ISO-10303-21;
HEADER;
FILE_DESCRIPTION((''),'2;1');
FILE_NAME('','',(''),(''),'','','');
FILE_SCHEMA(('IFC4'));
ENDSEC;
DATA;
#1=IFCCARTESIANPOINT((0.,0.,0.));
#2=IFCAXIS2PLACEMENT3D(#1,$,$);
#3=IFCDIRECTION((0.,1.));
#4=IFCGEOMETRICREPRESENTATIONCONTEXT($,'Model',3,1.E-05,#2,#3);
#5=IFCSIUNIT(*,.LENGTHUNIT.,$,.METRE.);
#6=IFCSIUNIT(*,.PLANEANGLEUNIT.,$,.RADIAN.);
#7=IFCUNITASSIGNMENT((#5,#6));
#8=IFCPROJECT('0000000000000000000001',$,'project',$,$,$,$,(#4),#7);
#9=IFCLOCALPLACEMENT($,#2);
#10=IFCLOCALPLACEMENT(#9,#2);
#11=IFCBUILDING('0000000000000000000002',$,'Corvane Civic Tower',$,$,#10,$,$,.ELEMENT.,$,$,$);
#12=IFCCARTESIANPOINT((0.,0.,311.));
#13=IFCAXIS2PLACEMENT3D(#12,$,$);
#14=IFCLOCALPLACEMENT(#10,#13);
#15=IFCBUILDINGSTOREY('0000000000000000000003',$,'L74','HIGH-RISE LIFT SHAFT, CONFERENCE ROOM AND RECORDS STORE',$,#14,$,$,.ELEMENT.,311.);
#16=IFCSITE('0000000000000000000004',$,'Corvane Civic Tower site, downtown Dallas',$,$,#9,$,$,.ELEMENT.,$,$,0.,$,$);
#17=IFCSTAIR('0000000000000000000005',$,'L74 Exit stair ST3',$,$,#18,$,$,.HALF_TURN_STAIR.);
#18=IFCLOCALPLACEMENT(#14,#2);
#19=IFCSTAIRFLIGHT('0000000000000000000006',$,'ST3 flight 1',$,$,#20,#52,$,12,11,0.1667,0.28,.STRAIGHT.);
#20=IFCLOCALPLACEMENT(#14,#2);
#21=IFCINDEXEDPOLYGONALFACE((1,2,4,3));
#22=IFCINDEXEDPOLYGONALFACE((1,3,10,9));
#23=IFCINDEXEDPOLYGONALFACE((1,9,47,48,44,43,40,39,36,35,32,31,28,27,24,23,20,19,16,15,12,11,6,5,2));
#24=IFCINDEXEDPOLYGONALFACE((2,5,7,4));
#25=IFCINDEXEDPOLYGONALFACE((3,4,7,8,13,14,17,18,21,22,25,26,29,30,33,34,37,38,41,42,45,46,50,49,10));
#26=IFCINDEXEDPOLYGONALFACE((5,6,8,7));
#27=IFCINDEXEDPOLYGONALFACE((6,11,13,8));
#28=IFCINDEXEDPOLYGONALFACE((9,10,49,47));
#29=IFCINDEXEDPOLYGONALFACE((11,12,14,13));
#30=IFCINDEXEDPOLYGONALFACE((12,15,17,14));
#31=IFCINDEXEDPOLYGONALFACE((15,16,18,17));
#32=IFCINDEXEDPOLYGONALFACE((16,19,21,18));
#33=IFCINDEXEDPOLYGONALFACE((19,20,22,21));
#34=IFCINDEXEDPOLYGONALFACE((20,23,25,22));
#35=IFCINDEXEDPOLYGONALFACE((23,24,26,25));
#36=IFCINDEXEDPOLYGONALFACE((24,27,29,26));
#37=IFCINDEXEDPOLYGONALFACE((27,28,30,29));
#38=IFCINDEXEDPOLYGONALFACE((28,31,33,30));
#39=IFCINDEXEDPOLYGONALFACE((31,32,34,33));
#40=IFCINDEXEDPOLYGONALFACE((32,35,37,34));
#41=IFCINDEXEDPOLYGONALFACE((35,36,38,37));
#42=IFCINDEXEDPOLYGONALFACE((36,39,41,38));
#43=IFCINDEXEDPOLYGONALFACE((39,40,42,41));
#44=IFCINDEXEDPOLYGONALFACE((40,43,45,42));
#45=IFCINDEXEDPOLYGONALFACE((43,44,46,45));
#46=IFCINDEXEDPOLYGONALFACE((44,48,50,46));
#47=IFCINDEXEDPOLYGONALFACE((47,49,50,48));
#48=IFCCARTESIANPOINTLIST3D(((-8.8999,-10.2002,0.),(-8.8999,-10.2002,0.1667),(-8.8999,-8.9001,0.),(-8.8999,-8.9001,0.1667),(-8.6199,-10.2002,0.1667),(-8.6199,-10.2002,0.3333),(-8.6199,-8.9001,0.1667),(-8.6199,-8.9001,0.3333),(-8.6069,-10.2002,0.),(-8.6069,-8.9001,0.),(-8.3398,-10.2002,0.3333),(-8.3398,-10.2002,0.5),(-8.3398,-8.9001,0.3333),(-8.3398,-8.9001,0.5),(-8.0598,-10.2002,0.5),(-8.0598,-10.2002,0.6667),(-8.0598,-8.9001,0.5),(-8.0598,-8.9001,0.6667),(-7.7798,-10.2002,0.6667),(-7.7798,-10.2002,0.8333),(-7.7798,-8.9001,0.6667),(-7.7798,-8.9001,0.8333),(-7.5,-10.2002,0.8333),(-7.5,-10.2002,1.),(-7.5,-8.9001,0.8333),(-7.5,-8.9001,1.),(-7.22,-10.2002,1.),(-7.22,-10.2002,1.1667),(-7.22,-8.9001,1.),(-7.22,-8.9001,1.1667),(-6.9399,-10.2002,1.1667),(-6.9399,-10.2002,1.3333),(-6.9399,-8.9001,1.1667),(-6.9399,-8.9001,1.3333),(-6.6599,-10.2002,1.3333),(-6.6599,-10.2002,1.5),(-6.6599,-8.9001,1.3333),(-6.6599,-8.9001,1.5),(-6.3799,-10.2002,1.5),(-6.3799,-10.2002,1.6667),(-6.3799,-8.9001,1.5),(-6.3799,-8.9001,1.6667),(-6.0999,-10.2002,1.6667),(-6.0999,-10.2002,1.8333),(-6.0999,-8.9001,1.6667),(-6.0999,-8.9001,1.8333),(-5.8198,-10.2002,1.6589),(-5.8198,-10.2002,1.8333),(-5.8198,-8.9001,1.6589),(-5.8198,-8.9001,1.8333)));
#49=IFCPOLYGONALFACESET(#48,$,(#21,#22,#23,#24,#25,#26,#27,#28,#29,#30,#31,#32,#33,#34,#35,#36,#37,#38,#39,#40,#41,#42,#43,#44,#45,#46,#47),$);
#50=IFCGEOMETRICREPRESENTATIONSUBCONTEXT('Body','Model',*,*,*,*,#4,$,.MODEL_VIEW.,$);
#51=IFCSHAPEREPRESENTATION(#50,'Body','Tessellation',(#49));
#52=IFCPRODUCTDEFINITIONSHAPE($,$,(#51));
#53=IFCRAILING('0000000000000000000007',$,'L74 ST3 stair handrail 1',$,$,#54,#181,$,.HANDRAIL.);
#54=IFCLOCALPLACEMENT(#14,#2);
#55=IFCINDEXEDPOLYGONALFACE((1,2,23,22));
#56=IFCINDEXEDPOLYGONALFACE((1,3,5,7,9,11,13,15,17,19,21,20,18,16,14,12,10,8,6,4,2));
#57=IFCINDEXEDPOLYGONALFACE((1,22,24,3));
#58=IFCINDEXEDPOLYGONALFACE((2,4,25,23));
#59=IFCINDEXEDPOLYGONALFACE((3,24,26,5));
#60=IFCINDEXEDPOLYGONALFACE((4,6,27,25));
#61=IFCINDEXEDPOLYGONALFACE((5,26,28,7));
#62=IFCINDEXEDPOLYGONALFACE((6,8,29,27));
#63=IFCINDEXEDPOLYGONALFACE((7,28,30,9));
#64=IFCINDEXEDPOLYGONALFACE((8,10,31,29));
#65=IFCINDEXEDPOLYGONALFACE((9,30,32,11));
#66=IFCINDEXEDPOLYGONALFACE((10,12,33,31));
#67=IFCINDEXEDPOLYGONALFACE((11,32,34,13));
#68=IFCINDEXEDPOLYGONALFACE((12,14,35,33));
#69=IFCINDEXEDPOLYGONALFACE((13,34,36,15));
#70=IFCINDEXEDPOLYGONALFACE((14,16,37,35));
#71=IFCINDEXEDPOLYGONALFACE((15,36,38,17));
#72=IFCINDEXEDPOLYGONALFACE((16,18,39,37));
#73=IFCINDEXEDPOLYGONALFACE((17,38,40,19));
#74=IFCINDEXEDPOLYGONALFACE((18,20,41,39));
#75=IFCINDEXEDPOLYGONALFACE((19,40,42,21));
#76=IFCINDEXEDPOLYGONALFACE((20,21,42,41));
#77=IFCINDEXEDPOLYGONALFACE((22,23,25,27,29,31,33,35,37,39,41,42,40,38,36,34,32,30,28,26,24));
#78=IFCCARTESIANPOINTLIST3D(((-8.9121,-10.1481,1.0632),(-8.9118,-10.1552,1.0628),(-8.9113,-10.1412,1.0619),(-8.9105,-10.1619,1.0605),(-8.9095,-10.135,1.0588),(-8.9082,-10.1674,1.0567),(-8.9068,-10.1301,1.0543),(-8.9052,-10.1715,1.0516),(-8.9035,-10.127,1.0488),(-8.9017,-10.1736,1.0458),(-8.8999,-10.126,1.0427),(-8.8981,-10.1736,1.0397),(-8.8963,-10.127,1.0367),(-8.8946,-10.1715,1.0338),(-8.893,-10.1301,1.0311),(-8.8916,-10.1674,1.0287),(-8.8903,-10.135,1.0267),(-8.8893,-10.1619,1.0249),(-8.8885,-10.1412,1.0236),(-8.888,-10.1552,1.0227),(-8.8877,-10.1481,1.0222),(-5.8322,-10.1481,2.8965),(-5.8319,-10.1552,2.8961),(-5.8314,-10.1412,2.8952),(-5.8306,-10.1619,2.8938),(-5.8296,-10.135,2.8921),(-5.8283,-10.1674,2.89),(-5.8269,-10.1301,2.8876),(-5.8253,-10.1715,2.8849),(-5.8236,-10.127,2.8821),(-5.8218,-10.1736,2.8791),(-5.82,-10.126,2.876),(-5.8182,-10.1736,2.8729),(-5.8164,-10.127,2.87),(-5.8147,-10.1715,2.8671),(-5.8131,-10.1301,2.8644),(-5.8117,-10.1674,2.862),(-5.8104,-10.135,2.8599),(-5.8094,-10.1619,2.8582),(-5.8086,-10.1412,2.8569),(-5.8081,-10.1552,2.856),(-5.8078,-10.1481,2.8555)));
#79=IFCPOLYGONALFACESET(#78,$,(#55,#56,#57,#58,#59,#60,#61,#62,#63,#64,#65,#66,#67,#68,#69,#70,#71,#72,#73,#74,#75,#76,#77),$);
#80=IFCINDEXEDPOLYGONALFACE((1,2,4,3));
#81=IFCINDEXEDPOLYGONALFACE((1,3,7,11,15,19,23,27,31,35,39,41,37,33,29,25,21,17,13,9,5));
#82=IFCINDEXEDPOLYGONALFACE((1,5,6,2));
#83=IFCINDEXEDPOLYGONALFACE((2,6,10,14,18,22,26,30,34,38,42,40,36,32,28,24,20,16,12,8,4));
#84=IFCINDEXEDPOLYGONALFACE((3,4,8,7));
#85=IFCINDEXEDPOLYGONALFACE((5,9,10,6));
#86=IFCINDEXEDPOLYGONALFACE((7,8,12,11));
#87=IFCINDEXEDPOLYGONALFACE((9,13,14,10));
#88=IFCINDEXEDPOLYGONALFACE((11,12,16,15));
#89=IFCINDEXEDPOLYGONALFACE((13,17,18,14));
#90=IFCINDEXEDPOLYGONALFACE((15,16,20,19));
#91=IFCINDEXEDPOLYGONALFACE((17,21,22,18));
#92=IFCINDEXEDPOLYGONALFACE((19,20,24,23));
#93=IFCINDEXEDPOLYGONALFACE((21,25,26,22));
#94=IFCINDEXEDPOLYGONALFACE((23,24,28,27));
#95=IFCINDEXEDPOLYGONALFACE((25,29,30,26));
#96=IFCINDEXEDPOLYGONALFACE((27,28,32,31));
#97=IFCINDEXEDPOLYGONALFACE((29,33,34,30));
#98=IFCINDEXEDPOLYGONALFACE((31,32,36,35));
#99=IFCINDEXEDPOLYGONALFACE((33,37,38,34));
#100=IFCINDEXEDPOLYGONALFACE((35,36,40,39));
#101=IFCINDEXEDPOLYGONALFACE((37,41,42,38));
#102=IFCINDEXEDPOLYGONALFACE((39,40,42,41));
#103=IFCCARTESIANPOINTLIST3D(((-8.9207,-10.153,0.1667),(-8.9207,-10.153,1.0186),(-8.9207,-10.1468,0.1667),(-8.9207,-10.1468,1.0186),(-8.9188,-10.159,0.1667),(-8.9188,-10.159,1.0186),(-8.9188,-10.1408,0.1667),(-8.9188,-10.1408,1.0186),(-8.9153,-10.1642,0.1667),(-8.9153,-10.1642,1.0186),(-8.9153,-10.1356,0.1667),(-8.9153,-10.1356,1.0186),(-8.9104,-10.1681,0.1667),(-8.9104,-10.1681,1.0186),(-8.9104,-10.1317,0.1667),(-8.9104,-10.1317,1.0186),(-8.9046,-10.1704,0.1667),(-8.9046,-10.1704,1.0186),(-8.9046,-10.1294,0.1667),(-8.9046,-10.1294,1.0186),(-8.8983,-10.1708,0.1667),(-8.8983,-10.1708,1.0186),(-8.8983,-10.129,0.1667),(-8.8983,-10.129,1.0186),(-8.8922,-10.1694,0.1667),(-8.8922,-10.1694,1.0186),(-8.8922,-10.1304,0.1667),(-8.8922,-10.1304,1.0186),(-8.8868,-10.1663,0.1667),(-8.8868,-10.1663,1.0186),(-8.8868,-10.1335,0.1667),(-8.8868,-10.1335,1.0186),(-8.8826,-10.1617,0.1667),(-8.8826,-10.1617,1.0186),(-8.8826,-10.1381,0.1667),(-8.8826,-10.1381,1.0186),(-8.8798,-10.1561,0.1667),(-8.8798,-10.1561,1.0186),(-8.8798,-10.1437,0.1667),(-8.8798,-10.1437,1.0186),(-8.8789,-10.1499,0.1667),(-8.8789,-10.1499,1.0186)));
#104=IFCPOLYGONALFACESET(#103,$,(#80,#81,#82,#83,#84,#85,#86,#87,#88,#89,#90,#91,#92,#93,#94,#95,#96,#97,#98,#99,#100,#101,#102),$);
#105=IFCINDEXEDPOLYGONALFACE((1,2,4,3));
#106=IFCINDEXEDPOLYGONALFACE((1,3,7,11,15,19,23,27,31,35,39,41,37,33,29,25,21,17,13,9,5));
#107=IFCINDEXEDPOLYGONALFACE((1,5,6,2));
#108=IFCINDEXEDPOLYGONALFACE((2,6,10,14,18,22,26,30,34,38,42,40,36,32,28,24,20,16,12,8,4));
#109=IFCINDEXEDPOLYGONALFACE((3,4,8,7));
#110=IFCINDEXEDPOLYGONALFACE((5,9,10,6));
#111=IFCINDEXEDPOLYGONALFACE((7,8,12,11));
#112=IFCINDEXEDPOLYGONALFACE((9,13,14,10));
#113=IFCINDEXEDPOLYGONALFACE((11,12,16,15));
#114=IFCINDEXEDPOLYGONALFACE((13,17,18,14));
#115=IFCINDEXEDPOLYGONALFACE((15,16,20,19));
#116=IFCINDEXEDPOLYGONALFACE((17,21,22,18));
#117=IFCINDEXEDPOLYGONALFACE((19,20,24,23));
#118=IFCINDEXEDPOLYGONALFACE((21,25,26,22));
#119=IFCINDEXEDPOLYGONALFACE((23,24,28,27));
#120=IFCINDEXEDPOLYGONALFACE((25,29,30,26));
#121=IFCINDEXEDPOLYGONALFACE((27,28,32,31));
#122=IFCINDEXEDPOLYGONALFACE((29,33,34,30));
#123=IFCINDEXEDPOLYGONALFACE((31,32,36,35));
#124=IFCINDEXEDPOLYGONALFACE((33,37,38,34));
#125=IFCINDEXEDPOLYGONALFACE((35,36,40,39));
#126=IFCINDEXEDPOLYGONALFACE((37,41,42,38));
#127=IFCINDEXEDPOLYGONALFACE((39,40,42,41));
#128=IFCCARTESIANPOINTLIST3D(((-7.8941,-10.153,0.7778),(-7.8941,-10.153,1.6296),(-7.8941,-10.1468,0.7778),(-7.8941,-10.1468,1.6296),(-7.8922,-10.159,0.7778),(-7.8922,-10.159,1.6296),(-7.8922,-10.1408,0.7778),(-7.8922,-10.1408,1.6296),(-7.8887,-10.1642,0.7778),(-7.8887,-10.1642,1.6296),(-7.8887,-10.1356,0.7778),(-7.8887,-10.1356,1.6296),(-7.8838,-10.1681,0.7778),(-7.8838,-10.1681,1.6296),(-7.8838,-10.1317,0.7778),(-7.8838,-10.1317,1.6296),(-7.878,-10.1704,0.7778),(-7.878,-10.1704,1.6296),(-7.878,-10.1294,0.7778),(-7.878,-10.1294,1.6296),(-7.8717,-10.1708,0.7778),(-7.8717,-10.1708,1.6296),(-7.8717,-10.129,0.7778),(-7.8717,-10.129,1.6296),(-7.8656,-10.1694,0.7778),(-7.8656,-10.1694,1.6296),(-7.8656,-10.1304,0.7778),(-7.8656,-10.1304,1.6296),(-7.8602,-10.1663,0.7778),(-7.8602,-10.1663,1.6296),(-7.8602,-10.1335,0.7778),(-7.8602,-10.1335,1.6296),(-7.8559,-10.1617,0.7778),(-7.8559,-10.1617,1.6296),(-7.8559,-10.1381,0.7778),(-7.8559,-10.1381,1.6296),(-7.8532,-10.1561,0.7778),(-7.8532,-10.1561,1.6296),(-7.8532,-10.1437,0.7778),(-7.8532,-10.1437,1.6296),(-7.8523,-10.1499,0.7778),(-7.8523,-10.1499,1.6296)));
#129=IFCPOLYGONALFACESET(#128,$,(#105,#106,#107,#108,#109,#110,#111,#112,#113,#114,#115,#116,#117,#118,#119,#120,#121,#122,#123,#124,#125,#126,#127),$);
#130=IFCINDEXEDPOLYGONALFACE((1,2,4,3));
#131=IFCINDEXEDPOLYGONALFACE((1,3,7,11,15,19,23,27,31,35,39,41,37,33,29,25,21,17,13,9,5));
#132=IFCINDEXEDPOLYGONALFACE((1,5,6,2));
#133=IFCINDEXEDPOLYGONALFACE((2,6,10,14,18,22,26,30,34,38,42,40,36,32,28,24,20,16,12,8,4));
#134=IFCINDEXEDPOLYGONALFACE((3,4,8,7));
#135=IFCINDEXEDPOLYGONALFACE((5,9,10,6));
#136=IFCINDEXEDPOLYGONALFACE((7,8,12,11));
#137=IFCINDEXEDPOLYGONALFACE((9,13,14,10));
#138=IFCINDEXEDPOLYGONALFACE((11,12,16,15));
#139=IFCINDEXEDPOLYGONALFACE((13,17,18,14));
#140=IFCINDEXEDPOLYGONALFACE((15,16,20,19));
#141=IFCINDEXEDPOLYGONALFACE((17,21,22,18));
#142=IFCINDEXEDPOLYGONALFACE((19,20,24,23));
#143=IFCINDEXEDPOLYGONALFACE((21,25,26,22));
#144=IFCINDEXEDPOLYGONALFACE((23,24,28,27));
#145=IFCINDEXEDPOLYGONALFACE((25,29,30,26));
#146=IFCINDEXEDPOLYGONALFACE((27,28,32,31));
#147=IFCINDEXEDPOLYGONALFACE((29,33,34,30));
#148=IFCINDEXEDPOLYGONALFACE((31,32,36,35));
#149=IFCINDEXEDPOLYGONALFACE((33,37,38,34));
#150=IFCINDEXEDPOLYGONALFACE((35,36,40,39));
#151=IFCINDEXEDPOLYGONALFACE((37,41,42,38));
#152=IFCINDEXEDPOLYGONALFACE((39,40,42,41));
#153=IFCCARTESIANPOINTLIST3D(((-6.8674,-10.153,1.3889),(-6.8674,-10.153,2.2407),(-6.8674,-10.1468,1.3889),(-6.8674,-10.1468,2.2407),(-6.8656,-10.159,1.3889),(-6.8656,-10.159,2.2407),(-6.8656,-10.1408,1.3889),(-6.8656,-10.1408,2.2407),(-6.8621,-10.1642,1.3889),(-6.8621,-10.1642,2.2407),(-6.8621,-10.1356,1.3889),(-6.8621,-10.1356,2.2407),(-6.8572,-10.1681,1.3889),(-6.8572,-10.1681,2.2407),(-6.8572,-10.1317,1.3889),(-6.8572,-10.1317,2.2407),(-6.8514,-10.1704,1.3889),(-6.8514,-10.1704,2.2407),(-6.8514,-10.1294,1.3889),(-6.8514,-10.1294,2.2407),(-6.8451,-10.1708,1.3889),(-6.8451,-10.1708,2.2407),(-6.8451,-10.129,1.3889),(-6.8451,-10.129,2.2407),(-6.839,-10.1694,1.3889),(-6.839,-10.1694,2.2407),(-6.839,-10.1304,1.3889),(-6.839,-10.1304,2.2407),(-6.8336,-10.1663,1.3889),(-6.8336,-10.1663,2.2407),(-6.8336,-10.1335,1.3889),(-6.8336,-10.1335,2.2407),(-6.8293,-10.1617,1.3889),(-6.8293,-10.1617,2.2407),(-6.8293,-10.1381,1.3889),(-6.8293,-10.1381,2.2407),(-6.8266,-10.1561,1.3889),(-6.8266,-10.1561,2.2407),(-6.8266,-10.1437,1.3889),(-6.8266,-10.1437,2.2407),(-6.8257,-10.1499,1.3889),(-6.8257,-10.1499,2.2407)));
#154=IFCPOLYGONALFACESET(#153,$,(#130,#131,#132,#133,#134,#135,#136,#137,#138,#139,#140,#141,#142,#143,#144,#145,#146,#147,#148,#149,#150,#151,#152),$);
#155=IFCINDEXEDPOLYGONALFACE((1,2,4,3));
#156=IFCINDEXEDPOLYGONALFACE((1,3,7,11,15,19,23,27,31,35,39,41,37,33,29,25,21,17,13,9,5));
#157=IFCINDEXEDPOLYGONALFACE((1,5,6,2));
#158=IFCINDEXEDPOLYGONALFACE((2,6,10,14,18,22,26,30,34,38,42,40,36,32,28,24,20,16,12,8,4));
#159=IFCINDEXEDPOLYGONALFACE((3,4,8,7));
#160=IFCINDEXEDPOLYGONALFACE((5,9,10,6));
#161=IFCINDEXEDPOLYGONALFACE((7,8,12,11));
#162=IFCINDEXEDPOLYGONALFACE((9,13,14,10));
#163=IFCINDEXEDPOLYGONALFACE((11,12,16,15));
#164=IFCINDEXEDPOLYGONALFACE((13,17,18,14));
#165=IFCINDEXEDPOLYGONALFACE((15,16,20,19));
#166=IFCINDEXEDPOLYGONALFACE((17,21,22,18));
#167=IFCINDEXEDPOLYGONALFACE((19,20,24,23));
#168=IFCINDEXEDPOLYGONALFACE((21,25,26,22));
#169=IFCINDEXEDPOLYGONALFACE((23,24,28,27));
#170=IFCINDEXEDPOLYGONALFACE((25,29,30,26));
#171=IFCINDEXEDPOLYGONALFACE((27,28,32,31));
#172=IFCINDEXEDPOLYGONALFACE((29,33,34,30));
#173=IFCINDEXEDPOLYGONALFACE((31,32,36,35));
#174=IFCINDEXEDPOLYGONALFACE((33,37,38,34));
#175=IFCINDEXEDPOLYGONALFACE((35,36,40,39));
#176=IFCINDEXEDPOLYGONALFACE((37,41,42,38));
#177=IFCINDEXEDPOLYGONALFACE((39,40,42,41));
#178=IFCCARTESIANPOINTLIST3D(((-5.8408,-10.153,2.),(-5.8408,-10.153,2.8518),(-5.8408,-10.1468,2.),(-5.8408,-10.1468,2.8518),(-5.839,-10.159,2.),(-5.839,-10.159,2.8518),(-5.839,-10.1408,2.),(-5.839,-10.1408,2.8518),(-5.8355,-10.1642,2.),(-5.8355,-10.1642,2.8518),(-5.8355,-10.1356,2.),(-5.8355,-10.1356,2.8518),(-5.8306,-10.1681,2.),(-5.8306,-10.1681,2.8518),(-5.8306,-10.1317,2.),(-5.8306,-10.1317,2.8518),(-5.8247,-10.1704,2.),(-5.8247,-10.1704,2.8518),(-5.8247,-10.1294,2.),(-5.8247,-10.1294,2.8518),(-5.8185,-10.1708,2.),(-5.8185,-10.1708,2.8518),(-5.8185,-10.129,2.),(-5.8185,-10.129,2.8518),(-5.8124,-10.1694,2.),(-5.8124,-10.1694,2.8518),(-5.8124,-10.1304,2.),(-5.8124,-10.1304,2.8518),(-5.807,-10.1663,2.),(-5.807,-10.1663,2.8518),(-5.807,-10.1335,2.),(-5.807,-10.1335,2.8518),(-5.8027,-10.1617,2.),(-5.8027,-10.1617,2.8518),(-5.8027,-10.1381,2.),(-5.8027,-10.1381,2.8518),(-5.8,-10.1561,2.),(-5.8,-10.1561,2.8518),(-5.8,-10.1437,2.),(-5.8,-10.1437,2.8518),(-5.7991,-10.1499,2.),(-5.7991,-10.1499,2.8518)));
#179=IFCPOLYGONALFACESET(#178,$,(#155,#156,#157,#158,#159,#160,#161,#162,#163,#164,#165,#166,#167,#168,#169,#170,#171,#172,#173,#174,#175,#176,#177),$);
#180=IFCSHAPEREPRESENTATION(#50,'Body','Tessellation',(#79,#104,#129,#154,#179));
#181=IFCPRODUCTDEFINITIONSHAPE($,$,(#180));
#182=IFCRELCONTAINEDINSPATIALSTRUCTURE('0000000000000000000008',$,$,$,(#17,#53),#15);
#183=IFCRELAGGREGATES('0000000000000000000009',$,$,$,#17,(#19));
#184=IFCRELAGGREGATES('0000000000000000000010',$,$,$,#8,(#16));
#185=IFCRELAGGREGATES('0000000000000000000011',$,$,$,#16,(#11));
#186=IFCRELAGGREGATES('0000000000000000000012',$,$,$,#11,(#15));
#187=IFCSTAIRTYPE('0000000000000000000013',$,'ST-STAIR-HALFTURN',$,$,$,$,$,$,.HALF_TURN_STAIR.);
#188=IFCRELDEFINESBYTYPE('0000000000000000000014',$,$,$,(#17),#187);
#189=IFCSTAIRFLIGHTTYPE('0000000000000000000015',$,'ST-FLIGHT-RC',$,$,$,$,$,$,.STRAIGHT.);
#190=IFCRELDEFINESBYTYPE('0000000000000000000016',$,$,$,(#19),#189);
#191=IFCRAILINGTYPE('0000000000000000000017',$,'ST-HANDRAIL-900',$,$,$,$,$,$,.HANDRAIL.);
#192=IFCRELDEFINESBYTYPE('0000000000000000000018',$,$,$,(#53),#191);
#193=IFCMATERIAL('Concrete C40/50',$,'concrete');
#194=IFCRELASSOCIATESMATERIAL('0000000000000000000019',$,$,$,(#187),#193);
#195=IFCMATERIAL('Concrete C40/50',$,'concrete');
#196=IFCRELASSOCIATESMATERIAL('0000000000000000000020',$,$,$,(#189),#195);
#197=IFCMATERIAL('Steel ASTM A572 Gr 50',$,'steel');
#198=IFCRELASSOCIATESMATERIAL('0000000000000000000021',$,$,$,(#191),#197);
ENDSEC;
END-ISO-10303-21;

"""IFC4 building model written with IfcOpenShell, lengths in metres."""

from ifc_helpers import new_model, si_unit, direction, frame, origin, origin_2d, place, context, subcontext, project, spatial, polyline, circle, outline, extrude, material, type_object, element, aggregate, save


model = new_model("IFC4")

# Units and contexts
model_context = context("Model", 3, precision=1e-05, world=origin(), true_north=direction((0.0, 1.0)))
body_context = subcontext(model_context, "Body", "Model", "MODEL_VIEW")
ifc_project = project(units=[si_unit("LENGTHUNIT", "METRE"), si_unit("PLANEANGLEUNIT", "RADIAN")], contexts=[model_context])

# Site, building, storey
site_placement = place(None, origin())
site = spatial("IfcSite", under=ifc_project, at=site_placement, Name="Corvane Civic Tower site, downtown Dallas", CompositionType="ELEMENT", RefElevation=0.0)
building_placement = place(site_placement, origin())
building = spatial("IfcBuilding", under=site, at=building_placement, Name="Corvane Civic Tower", CompositionType="ELEMENT")
storey_placement = place(building_placement, frame((0.0, 0.0, 311.0)))
storey = spatial("IfcBuildingStorey", under=building, at=storey_placement, Name="L74", Description="HIGH-RISE LIFT SHAFT, CONFERENCE ROOM AND RECORDS STORE", CompositionType="ELEMENT", Elevation=311.0)

# Stair, stair flight
ifc_material_1 = material(Name="Concrete C40/50", Category="concrete")
stair_type = type_object("IfcStairType", Name="ST-STAIR-HALFTURN", PredefinedType="HALF_TURN_STAIR", material=ifc_material_1)
stair_placement = place(storey_placement, origin())
stair = element("IfcStair", 1, at=stair_placement, inside=storey, type_object=stair_type, Name="L74 Exit stair ST3", PredefinedType="HALF_TURN_STAIR")
ifc_material_2 = material(Name="Concrete C40/50", Category="concrete")
stair_flight_type = type_object("IfcStairFlightType", Name="ST-FLIGHT-RC", PredefinedType="STRAIGHT", material=ifc_material_2)
stair_flight_placement = place(storey_placement, frame((-8.8999, -9.55, 0.0), z_axis=(0.0, 0.0, 1.0), x_axis=(1.0, 0.0, 0.0)))
stair_flight = element("IfcStairFlight", 2, at=stair_flight_placement, type_object=stair_flight_type, Name="ST3 flight 1", NumberOfRisers=12, NumberOfTreads=11, PredefinedType="STRAIGHT", RiserHeight=0.1667, TreadLength=0.28, context=body_context, shape_type="SweptSolid", body=[
    extrude(outline(polyline([(0.0, 0.0), (0.0, 0.1667), (0.28, 0.1667), (0.28, 0.3333), (0.5601, 0.3333), (0.5601, 0.5), (0.8401, 0.5), (0.8401, 0.6667), (1.1201, 0.6667), (1.1201, 0.8333), (1.3999, 0.8333), (1.3999, 1.0), (1.6799, 1.0), (1.6799, 1.1667), (1.96, 1.1667), (1.96, 1.3333), (2.24, 1.3333), (2.24, 1.5), (2.52, 1.5), (2.52, 1.6667), (2.8, 1.6667), (2.8, 1.8333), (3.0801, 1.8333), (3.0801, 2.0), (3.0801, 1.6589), (0.293, 0.0), (0.0, 0.0)])), frame((0.0, 0.6499, 0.0), z_axis=(0.0, -1.0, 0.0), x_axis=(1.0, 0.0, 0.0)), (0.0, 0.0, 1.0), 1.3),
])
aggregate(stair, [stair_flight])

# Railing
ifc_material_3 = material(Name="Steel ASTM A572 Gr 50", Category="steel")
railing_type_1 = type_object("IfcRailingType", Name="ST-HANDRAIL-900", PredefinedType="HANDRAIL", material=ifc_material_3)
railing_1_placement = place(storey_placement, frame((-8.8999, -10.1499, 0.1667)))
element("IfcRailing", 3, at=railing_1_placement, inside=storey, type_object=railing_type_1, Name="L74 ST3 stair handrail 1", PredefinedType="HANDRAIL", context=body_context, shape_type="SweptSolid", body=[
    extrude(circle(Radius=0.0239, at=origin_2d()), frame((0.0, 0.0, 0.876), z_axis=(0.859291, 0.0, 0.511487), x_axis=(0.0, 1.0, 0.0)), (0.0, 0.0, 1.0), 3.5842),
    extrude(circle(Radius=0.021, at=origin_2d()), origin(), (0.0, 0.0, 1.0), 0.8518),
    extrude(circle(Radius=0.021, at=origin_2d()), frame((1.0266, 0.0, 0.6111)), (0.0, 0.0, 1.0), 0.8518),
    extrude(circle(Radius=0.021, at=origin_2d()), frame((2.0532, 0.0, 1.2222)), (0.0, 0.0, 1.0), 0.8518),
    extrude(circle(Radius=0.021, at=origin_2d()), frame((3.0798, 0.0, 1.8333)), (0.0, 0.0, 1.0), 0.8518),
])

save(model, "model.ifc")
